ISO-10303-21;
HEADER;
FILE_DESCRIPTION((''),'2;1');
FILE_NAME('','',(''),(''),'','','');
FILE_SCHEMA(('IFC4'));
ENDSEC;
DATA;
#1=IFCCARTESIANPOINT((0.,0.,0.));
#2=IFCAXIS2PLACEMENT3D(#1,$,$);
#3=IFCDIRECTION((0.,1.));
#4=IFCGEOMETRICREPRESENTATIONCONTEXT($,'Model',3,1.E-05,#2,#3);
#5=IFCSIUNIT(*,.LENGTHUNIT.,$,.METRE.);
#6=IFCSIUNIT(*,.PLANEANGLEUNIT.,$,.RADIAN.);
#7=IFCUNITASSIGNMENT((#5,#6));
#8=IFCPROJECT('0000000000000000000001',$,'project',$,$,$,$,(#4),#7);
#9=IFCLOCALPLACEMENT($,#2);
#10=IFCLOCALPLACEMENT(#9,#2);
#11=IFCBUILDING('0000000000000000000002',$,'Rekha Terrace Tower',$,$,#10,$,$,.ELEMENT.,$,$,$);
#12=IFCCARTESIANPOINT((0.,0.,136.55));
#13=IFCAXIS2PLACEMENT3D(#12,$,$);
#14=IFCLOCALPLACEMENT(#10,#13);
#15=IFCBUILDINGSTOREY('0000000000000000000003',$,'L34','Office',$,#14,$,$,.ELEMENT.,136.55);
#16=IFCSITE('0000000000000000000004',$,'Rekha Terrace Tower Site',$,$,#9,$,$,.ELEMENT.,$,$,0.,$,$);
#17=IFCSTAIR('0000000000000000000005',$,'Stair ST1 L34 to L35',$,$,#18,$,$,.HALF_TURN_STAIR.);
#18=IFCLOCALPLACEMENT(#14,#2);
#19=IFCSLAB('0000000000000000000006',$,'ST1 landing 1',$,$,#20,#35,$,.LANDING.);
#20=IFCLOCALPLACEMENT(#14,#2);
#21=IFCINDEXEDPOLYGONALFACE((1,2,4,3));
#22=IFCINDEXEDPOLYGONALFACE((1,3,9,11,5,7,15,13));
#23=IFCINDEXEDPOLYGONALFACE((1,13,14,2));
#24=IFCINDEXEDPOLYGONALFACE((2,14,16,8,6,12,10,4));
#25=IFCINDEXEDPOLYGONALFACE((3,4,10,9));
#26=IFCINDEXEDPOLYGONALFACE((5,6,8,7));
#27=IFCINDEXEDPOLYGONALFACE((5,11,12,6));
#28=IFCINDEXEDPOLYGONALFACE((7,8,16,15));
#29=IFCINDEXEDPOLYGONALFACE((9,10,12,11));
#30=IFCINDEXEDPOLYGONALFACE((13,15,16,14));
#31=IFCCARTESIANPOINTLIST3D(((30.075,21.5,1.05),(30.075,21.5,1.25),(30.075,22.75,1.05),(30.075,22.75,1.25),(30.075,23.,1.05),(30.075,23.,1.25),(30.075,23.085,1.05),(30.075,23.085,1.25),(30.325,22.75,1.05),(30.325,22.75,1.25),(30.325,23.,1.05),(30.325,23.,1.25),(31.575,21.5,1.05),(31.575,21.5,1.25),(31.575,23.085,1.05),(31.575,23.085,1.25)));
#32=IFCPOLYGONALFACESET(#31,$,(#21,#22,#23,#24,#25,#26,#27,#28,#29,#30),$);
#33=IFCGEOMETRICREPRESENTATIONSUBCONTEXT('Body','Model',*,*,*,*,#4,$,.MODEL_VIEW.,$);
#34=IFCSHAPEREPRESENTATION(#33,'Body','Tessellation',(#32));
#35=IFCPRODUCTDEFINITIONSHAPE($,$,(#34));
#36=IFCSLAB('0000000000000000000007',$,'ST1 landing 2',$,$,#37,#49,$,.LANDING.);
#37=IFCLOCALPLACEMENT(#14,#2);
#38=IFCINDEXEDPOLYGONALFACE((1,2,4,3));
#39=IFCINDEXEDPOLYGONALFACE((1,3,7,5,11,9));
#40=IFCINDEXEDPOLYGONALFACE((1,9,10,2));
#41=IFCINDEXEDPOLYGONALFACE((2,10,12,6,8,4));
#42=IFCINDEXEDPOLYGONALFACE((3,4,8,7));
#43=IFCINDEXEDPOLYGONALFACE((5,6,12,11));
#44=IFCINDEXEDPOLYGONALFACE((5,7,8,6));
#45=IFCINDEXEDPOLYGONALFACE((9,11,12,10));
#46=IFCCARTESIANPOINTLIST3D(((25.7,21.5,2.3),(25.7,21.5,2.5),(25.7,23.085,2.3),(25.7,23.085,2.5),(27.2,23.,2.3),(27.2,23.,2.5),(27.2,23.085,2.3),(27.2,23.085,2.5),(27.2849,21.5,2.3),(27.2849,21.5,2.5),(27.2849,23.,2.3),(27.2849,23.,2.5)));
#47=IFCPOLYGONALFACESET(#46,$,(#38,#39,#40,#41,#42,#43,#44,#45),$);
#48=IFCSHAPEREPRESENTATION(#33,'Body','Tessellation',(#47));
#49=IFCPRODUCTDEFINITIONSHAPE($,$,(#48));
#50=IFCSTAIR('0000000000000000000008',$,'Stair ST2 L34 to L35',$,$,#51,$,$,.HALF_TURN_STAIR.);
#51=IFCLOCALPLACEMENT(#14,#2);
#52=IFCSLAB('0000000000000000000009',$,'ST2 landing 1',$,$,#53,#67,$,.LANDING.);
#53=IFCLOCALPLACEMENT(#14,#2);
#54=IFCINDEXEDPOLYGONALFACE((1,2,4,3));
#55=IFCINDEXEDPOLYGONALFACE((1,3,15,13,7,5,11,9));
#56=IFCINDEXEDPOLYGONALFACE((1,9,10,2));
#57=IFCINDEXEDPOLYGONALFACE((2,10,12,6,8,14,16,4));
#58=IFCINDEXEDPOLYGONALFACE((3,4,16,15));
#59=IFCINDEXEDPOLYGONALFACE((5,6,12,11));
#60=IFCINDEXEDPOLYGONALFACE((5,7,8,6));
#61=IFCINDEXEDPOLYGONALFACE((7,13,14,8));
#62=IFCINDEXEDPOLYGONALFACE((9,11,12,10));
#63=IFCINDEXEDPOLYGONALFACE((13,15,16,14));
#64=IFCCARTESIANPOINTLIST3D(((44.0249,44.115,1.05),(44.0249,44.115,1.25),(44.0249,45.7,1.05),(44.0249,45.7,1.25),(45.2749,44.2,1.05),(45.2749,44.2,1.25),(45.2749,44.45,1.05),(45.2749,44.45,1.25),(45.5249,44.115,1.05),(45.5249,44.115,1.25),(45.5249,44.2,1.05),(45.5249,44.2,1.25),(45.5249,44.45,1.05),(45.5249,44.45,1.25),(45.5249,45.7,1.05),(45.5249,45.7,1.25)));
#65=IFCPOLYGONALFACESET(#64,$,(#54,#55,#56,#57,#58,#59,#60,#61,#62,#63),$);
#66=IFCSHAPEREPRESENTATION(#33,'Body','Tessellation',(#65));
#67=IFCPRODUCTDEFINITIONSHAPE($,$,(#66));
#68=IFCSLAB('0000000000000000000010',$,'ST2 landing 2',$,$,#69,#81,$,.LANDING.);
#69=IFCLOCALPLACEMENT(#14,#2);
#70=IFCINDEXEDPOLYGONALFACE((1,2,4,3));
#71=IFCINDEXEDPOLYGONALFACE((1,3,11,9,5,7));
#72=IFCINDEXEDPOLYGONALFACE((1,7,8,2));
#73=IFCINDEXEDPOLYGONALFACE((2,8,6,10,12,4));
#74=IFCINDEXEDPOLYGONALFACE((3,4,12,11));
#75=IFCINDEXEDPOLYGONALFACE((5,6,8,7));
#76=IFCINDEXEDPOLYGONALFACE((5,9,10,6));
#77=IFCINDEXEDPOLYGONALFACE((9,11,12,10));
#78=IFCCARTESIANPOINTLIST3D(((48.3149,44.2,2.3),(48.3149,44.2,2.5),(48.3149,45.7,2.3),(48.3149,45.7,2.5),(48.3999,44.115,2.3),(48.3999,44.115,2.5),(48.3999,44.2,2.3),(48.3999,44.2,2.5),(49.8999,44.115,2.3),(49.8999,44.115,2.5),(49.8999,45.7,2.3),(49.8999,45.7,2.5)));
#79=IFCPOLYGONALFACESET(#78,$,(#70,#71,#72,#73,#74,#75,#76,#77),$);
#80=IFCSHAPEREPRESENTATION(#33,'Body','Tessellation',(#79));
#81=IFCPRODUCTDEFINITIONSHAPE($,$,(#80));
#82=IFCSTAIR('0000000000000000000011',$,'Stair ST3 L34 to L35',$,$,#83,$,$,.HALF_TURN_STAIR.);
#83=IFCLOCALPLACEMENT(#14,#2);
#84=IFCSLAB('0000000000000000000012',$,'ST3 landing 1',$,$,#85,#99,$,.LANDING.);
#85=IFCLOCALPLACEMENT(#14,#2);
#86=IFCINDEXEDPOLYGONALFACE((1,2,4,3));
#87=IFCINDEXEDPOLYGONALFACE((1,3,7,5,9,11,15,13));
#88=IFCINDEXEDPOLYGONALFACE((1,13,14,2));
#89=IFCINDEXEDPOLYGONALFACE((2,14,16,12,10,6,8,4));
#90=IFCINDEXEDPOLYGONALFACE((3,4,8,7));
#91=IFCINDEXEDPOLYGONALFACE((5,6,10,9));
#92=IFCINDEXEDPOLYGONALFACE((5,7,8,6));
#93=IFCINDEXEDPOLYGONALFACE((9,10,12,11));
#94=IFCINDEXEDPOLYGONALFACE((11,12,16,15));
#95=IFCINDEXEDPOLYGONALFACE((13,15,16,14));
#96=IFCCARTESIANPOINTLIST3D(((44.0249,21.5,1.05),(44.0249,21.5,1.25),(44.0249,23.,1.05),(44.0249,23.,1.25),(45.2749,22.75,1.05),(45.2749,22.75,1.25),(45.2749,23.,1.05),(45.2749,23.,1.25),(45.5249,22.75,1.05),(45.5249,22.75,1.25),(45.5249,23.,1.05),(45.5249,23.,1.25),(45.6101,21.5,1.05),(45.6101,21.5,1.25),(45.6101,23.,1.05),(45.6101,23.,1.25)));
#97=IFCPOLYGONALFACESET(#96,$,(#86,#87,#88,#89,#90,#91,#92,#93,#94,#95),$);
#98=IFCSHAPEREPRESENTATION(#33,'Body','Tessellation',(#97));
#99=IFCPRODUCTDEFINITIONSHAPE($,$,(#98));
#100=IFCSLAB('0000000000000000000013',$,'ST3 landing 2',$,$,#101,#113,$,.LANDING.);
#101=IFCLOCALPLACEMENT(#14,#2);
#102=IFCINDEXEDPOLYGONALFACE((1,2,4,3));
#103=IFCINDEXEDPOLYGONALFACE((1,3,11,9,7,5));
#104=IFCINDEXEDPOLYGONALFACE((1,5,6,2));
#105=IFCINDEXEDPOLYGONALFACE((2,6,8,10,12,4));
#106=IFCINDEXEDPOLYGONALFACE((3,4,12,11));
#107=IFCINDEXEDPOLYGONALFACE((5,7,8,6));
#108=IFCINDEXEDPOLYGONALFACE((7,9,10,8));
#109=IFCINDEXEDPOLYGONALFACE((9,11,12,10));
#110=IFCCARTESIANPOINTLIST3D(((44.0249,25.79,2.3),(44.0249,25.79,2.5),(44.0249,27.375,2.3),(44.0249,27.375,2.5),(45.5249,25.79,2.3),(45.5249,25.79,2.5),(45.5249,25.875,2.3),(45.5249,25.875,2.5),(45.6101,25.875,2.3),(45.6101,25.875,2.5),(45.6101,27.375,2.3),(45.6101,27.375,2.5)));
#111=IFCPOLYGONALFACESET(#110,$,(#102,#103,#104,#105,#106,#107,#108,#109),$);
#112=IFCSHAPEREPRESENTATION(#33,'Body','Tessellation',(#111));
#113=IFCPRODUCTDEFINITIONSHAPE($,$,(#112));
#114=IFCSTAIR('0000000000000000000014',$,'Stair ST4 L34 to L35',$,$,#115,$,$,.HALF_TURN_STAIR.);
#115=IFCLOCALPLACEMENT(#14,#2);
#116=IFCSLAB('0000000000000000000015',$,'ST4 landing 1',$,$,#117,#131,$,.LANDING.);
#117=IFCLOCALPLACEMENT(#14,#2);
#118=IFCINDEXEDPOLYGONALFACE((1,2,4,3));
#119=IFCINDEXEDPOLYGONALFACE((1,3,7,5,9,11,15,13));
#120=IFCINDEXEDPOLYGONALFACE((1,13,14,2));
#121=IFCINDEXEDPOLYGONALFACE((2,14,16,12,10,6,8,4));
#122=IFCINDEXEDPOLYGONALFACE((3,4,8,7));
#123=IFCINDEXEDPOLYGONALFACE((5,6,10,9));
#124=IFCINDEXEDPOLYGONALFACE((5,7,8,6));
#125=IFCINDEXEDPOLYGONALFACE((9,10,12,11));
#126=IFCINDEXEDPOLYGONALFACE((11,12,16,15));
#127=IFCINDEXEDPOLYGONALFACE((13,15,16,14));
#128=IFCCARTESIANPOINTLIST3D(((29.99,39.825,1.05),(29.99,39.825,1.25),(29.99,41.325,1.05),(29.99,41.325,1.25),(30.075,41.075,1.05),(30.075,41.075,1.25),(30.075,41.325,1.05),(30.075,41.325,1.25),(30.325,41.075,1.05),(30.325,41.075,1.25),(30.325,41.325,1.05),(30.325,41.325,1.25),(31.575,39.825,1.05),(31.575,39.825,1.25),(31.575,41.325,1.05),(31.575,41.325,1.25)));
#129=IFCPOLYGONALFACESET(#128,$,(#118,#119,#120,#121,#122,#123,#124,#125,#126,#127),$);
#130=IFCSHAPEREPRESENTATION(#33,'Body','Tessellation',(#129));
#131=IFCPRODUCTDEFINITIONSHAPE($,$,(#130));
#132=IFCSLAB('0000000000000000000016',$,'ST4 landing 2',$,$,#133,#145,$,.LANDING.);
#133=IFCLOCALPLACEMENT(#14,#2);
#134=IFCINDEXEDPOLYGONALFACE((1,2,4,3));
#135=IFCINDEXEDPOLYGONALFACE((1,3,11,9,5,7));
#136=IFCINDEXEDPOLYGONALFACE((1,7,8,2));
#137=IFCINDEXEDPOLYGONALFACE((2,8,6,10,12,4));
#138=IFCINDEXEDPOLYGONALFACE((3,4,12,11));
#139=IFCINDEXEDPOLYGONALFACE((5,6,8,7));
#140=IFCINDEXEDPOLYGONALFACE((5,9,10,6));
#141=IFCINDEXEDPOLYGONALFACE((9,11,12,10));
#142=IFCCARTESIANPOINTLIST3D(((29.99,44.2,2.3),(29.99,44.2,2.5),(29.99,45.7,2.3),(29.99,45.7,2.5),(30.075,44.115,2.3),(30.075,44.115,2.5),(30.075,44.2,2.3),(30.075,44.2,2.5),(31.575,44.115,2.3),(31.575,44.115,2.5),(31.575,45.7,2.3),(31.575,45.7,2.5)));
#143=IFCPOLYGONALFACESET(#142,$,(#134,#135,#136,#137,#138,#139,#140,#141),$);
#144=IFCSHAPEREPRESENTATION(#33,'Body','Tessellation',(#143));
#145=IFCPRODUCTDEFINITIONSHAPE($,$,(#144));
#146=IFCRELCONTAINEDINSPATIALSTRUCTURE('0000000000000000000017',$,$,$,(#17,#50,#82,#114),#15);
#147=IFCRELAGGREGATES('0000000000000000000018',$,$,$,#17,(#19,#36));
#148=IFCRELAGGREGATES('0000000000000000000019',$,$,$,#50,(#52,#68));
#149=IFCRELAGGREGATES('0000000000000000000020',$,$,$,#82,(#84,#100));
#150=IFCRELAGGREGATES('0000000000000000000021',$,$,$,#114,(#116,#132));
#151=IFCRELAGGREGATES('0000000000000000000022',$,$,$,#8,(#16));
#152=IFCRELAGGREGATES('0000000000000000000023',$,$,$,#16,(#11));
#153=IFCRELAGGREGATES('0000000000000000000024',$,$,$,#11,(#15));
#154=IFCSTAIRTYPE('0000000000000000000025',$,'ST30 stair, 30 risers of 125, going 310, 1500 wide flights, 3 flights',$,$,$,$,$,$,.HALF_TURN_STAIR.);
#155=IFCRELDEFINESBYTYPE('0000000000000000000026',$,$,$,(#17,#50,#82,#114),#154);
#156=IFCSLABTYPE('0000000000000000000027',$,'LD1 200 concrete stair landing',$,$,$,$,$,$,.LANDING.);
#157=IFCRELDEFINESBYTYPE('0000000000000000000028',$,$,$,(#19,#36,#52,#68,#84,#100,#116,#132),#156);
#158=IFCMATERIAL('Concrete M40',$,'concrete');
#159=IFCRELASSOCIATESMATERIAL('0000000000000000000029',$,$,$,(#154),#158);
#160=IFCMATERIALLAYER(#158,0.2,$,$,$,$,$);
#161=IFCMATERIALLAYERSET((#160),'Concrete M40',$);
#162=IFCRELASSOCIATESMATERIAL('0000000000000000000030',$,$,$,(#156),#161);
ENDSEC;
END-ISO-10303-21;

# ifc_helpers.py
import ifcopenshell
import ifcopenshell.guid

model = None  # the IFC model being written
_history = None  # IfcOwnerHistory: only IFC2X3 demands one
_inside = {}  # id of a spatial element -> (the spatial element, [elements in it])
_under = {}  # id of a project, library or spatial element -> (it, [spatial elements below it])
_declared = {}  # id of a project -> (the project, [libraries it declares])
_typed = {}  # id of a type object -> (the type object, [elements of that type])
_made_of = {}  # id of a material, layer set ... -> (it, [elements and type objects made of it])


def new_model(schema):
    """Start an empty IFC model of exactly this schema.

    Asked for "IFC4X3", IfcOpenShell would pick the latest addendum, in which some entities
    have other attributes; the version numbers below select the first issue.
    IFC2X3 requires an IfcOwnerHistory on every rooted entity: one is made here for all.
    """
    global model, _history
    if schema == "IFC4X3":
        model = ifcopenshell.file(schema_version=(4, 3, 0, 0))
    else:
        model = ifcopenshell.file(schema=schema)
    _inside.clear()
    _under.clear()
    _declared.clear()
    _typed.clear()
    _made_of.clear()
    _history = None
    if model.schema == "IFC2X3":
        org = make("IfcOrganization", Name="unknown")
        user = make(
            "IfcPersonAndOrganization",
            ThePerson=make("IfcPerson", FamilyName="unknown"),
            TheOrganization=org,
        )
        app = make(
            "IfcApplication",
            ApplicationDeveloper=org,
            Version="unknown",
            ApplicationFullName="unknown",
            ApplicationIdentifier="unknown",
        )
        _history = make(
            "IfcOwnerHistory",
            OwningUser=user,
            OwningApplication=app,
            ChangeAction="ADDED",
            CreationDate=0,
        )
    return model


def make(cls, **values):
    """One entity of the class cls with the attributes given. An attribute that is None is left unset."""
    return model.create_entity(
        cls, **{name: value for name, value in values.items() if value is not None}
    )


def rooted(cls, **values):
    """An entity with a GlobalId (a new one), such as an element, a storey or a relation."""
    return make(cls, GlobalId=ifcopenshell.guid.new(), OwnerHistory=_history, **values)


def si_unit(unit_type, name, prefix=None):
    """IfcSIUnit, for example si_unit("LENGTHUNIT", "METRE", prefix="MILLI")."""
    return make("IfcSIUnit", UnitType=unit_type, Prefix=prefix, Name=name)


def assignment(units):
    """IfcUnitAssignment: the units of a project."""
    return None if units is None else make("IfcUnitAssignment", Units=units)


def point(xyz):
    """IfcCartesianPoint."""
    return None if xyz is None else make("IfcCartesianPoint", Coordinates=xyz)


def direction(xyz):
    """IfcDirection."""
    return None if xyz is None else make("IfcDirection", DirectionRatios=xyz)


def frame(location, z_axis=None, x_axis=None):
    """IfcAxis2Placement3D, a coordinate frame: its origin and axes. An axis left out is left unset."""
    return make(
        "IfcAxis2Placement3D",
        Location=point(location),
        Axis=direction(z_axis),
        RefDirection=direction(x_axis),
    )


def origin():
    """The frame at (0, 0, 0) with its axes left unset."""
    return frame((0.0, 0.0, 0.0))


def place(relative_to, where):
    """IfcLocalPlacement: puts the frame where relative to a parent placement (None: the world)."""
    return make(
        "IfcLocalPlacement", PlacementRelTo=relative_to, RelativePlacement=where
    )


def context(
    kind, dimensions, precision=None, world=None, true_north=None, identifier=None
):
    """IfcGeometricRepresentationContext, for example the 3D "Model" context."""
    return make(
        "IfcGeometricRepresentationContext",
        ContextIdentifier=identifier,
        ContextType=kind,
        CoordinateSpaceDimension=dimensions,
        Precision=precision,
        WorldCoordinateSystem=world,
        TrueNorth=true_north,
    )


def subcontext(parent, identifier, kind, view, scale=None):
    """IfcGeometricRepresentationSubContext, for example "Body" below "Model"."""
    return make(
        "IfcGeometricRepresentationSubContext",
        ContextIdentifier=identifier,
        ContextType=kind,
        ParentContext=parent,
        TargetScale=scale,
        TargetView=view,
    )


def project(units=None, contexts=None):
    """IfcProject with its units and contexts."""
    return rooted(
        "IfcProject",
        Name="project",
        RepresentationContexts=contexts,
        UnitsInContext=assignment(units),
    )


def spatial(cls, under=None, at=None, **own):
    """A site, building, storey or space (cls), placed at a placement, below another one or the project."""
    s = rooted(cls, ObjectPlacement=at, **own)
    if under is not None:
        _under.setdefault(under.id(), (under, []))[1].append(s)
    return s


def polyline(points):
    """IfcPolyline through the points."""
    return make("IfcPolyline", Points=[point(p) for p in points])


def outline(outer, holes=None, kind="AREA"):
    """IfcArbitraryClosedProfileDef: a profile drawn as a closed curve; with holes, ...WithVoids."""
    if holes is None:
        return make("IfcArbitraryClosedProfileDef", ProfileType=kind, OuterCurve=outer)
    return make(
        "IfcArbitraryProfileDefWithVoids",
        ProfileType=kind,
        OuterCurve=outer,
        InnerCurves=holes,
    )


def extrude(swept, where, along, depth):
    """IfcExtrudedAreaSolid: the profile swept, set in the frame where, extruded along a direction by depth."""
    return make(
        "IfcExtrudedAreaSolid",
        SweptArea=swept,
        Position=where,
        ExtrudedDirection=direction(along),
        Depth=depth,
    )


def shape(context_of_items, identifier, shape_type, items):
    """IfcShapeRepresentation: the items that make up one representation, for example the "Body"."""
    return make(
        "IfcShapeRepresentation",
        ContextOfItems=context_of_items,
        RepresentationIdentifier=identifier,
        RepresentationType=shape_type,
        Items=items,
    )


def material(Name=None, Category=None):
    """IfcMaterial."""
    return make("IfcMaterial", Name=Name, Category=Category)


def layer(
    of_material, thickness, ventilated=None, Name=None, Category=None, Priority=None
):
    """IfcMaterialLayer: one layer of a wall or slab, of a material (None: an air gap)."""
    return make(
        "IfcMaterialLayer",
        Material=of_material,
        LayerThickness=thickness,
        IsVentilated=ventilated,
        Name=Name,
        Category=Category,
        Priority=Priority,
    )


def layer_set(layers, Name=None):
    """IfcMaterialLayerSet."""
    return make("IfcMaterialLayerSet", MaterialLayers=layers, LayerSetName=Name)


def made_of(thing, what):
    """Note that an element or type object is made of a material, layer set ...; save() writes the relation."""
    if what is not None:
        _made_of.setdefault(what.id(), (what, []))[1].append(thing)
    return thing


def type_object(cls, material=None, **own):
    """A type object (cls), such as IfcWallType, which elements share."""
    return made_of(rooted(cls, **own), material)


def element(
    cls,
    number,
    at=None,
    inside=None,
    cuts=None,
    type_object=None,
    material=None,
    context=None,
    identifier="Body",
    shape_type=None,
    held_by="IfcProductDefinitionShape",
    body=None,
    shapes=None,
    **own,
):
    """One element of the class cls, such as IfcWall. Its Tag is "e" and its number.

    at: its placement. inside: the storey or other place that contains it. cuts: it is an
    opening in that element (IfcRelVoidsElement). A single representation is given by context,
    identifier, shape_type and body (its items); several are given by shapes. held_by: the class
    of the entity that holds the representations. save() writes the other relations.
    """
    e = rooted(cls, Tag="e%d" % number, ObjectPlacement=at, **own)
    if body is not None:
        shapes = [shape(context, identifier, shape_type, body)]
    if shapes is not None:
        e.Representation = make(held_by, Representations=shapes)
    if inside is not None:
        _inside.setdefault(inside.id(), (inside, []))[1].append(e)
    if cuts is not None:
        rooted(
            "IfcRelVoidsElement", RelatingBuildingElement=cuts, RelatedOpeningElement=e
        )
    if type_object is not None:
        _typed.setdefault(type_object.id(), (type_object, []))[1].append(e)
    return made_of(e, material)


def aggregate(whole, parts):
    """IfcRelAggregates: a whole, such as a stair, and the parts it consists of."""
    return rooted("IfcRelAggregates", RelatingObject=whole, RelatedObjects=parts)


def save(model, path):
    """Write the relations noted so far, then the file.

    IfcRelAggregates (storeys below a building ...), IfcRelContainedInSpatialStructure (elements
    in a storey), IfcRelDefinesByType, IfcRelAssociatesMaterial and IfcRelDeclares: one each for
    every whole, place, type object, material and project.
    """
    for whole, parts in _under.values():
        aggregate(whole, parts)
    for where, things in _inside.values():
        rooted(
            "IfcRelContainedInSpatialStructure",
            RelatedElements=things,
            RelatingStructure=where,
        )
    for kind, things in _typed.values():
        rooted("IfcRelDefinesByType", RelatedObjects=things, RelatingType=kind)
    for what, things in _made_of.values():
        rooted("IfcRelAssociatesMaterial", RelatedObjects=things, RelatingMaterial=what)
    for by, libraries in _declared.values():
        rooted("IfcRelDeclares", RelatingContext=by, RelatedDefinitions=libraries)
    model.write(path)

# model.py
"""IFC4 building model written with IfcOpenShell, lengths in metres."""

from ifc_helpers import new_model, si_unit, direction, frame, origin, place, context, subcontext, project, spatial, polyline, outline, extrude, material, layer, layer_set, type_object, element, aggregate, save


model = new_model("IFC4")

# Units and contexts
model_context = context("Model", 3, precision=1e-05, world=origin(), true_north=direction((0.0, 1.0)))
body_context = subcontext(model_context, "Body", "Model", "MODEL_VIEW")
ifc_project = project(units=[si_unit("LENGTHUNIT", "METRE"), si_unit("PLANEANGLEUNIT", "RADIAN")], contexts=[model_context])

# Site, building, storey
site_placement = place(None, origin())
site = spatial("IfcSite", under=ifc_project, at=site_placement, Name="Rekha Terrace Tower Site", CompositionType="ELEMENT", RefElevation=0.0)
building_placement = place(site_placement, origin())
building = spatial("IfcBuilding", under=site, at=building_placement, Name="Rekha Terrace Tower", CompositionType="ELEMENT")
storey_placement = place(building_placement, frame((0.0, 0.0, 136.55)))
storey = spatial("IfcBuildingStorey", under=building, at=storey_placement, Name="L34", Description="Office", CompositionType="ELEMENT", Elevation=136.55)

# Stairs, slabs
ifc_material_1 = material(Name="Concrete M40", Category="concrete")
stair_type = type_object("IfcStairType", Name="ST30 stair, 30 risers of 125, going 310, 1500 wide flights, 3 flights", PredefinedType="HALF_TURN_STAIR", material=ifc_material_1)
stair_1_placement = place(storey_placement, origin())
stair_1 = element("IfcStair", 1, at=stair_1_placement, inside=storey, type_object=stair_type, Name="Stair ST1 L34 to L35", PredefinedType="HALF_TURN_STAIR")
ifc_layer_1 = layer(ifc_material_1, 0.2)
ifc_layer_set_1 = layer_set([ifc_layer_1], Name="Concrete M40")
slab_type_1 = type_object("IfcSlabType", Name="LD1 200 concrete stair landing", PredefinedType="LANDING", material=ifc_layer_set_1)
slab_1_placement = place(storey_placement, frame((0.0, 0.0, 1.05)))
slab_1 = element("IfcSlab", 2, at=slab_1_placement, type_object=slab_type_1, Name="ST1 landing 1", PredefinedType="LANDING", context=body_context, shape_type="SweptSolid", body=[
    extrude(outline(polyline([(30.075, 21.5), (31.575, 21.5), (31.575, 23.085), (30.075, 23.085), (30.075, 23.0), (30.325, 23.0), (30.325, 22.75), (30.075, 22.75), (30.075, 21.5)])), origin(), (0.0, 0.0, 1.0), 0.2),
])
slab_2_placement = place(storey_placement, frame((0.0, 0.0, 2.3)))
slab_2 = element("IfcSlab", 3, at=slab_2_placement, type_object=slab_type_1, Name="ST1 landing 2", PredefinedType="LANDING", context=body_context, shape_type="SweptSolid", body=[
    extrude(outline(polyline([(27.2, 23.085), (25.7, 23.085), (25.7, 21.5), (27.2849, 21.5), (27.2849, 23.0), (27.2, 23.0), (27.2, 23.085)])), origin(), (0.0, 0.0, 1.0), 0.2),
])
aggregate(stair_1, [slab_1, slab_2])
stair_2_placement = place(storey_placement, origin())
stair_2 = element("IfcStair", 4, at=stair_2_placement, inside=storey, type_object=stair_type, Name="Stair ST2 L34 to L35", PredefinedType="HALF_TURN_STAIR")
slab_3_placement = place(storey_placement, frame((0.0, 0.0, 1.05)))
slab_3 = element("IfcSlab", 5, at=slab_3_placement, type_object=slab_type_1, Name="ST2 landing 1", PredefinedType="LANDING", context=body_context, shape_type="SweptSolid", body=[
    extrude(outline(polyline([(45.5249, 45.7), (44.0249, 45.7), (44.0249, 44.115), (45.5249, 44.115), (45.5249, 44.2), (45.2749, 44.2), (45.2749, 44.45), (45.5249, 44.45), (45.5249, 45.7)])), origin(), (0.0, 0.0, 1.0), 0.2),
])
slab_4_placement = place(storey_placement, frame((0.0, 0.0, 2.3)))
slab_4 = element("IfcSlab", 6, at=slab_4_placement, type_object=slab_type_1, Name="ST2 landing 2", PredefinedType="LANDING", context=body_context, shape_type="SweptSolid", body=[
    extrude(outline(polyline([(48.3999, 44.115), (49.8999, 44.115), (49.8999, 45.7), (48.3149, 45.7), (48.3149, 44.2), (48.3999, 44.2), (48.3999, 44.115)])), origin(), (0.0, 0.0, 1.0), 0.2),
])
aggregate(stair_2, [slab_3, slab_4])
stair_3_placement = place(storey_placement, origin())
stair_3 = element("IfcStair", 7, at=stair_3_placement, inside=storey, type_object=stair_type, Name="Stair ST3 L34 to L35", PredefinedType="HALF_TURN_STAIR")
slab_5_placement = place(storey_placement, frame((0.0, 0.0, 1.05)))
slab_5 = element("IfcSlab", 8, at=slab_5_placement, type_object=slab_type_1, Name="ST3 landing 1", PredefinedType="LANDING", context=body_context, shape_type="SweptSolid", body=[
    extrude(outline(polyline([(44.0249, 23.0), (44.0249, 21.5), (45.6101, 21.5), (45.6101, 23.0), (45.5249, 23.0), (45.5249, 22.75), (45.2749, 22.75), (45.2749, 23.0), (44.0249, 23.0)])), origin(), (0.0, 0.0, 1.0), 0.2),
])
slab_6_placement = place(storey_placement, frame((0.0, 0.0, 2.3)))
slab_6 = element("IfcSlab", 9, at=slab_6_placement, type_object=slab_type_1, Name="ST3 landing 2", PredefinedType="LANDING", context=body_context, shape_type="SweptSolid", body=[
    extrude(outline(polyline([(45.6101, 25.875), (45.6101, 27.375), (44.0249, 27.375), (44.0249, 25.79), (45.5249, 25.79), (45.5249, 25.875), (45.6101, 25.875)])), origin(), (0.0, 0.0, 1.0), 0.2),
])
aggregate(stair_3, [slab_5, slab_6])
stair_4_placement = place(storey_placement, origin())
stair_4 = element("IfcStair", 10, at=stair_4_placement, inside=storey, type_object=stair_type, Name="Stair ST4 L34 to L35", PredefinedType="HALF_TURN_STAIR")
slab_7_placement = place(storey_placement, frame((0.0, 0.0, 1.05)))
slab_7 = element("IfcSlab", 11, at=slab_7_placement, type_object=slab_type_1, Name="ST4 landing 1", PredefinedType="LANDING", context=body_context, shape_type="SweptSolid", body=[
    extrude(outline(polyline([(31.575, 41.325), (31.575, 39.825), (29.99, 39.825), (29.99, 41.325), (30.075, 41.325), (30.075, 41.075), (30.325, 41.075), (30.325, 41.325), (31.575, 41.325)])), origin(), (0.0, 0.0, 1.0), 0.2),
])
slab_8_placement = place(storey_placement, frame((0.0, 0.0, 2.3)))
slab_8 = element("IfcSlab", 12, at=slab_8_placement, type_object=slab_type_1, Name="ST4 landing 2", PredefinedType="LANDING", context=body_context, shape_type="SweptSolid", body=[
    extrude(outline(polyline([(29.99, 44.2), (29.99, 45.7), (31.575, 45.7), (31.575, 44.115), (30.075, 44.115), (30.075, 44.2), (29.99, 44.2)])), origin(), (0.0, 0.0, 1.0), 0.2),
])
aggregate(stair_4, [slab_7, slab_8])

save(model, "model.ifc")
